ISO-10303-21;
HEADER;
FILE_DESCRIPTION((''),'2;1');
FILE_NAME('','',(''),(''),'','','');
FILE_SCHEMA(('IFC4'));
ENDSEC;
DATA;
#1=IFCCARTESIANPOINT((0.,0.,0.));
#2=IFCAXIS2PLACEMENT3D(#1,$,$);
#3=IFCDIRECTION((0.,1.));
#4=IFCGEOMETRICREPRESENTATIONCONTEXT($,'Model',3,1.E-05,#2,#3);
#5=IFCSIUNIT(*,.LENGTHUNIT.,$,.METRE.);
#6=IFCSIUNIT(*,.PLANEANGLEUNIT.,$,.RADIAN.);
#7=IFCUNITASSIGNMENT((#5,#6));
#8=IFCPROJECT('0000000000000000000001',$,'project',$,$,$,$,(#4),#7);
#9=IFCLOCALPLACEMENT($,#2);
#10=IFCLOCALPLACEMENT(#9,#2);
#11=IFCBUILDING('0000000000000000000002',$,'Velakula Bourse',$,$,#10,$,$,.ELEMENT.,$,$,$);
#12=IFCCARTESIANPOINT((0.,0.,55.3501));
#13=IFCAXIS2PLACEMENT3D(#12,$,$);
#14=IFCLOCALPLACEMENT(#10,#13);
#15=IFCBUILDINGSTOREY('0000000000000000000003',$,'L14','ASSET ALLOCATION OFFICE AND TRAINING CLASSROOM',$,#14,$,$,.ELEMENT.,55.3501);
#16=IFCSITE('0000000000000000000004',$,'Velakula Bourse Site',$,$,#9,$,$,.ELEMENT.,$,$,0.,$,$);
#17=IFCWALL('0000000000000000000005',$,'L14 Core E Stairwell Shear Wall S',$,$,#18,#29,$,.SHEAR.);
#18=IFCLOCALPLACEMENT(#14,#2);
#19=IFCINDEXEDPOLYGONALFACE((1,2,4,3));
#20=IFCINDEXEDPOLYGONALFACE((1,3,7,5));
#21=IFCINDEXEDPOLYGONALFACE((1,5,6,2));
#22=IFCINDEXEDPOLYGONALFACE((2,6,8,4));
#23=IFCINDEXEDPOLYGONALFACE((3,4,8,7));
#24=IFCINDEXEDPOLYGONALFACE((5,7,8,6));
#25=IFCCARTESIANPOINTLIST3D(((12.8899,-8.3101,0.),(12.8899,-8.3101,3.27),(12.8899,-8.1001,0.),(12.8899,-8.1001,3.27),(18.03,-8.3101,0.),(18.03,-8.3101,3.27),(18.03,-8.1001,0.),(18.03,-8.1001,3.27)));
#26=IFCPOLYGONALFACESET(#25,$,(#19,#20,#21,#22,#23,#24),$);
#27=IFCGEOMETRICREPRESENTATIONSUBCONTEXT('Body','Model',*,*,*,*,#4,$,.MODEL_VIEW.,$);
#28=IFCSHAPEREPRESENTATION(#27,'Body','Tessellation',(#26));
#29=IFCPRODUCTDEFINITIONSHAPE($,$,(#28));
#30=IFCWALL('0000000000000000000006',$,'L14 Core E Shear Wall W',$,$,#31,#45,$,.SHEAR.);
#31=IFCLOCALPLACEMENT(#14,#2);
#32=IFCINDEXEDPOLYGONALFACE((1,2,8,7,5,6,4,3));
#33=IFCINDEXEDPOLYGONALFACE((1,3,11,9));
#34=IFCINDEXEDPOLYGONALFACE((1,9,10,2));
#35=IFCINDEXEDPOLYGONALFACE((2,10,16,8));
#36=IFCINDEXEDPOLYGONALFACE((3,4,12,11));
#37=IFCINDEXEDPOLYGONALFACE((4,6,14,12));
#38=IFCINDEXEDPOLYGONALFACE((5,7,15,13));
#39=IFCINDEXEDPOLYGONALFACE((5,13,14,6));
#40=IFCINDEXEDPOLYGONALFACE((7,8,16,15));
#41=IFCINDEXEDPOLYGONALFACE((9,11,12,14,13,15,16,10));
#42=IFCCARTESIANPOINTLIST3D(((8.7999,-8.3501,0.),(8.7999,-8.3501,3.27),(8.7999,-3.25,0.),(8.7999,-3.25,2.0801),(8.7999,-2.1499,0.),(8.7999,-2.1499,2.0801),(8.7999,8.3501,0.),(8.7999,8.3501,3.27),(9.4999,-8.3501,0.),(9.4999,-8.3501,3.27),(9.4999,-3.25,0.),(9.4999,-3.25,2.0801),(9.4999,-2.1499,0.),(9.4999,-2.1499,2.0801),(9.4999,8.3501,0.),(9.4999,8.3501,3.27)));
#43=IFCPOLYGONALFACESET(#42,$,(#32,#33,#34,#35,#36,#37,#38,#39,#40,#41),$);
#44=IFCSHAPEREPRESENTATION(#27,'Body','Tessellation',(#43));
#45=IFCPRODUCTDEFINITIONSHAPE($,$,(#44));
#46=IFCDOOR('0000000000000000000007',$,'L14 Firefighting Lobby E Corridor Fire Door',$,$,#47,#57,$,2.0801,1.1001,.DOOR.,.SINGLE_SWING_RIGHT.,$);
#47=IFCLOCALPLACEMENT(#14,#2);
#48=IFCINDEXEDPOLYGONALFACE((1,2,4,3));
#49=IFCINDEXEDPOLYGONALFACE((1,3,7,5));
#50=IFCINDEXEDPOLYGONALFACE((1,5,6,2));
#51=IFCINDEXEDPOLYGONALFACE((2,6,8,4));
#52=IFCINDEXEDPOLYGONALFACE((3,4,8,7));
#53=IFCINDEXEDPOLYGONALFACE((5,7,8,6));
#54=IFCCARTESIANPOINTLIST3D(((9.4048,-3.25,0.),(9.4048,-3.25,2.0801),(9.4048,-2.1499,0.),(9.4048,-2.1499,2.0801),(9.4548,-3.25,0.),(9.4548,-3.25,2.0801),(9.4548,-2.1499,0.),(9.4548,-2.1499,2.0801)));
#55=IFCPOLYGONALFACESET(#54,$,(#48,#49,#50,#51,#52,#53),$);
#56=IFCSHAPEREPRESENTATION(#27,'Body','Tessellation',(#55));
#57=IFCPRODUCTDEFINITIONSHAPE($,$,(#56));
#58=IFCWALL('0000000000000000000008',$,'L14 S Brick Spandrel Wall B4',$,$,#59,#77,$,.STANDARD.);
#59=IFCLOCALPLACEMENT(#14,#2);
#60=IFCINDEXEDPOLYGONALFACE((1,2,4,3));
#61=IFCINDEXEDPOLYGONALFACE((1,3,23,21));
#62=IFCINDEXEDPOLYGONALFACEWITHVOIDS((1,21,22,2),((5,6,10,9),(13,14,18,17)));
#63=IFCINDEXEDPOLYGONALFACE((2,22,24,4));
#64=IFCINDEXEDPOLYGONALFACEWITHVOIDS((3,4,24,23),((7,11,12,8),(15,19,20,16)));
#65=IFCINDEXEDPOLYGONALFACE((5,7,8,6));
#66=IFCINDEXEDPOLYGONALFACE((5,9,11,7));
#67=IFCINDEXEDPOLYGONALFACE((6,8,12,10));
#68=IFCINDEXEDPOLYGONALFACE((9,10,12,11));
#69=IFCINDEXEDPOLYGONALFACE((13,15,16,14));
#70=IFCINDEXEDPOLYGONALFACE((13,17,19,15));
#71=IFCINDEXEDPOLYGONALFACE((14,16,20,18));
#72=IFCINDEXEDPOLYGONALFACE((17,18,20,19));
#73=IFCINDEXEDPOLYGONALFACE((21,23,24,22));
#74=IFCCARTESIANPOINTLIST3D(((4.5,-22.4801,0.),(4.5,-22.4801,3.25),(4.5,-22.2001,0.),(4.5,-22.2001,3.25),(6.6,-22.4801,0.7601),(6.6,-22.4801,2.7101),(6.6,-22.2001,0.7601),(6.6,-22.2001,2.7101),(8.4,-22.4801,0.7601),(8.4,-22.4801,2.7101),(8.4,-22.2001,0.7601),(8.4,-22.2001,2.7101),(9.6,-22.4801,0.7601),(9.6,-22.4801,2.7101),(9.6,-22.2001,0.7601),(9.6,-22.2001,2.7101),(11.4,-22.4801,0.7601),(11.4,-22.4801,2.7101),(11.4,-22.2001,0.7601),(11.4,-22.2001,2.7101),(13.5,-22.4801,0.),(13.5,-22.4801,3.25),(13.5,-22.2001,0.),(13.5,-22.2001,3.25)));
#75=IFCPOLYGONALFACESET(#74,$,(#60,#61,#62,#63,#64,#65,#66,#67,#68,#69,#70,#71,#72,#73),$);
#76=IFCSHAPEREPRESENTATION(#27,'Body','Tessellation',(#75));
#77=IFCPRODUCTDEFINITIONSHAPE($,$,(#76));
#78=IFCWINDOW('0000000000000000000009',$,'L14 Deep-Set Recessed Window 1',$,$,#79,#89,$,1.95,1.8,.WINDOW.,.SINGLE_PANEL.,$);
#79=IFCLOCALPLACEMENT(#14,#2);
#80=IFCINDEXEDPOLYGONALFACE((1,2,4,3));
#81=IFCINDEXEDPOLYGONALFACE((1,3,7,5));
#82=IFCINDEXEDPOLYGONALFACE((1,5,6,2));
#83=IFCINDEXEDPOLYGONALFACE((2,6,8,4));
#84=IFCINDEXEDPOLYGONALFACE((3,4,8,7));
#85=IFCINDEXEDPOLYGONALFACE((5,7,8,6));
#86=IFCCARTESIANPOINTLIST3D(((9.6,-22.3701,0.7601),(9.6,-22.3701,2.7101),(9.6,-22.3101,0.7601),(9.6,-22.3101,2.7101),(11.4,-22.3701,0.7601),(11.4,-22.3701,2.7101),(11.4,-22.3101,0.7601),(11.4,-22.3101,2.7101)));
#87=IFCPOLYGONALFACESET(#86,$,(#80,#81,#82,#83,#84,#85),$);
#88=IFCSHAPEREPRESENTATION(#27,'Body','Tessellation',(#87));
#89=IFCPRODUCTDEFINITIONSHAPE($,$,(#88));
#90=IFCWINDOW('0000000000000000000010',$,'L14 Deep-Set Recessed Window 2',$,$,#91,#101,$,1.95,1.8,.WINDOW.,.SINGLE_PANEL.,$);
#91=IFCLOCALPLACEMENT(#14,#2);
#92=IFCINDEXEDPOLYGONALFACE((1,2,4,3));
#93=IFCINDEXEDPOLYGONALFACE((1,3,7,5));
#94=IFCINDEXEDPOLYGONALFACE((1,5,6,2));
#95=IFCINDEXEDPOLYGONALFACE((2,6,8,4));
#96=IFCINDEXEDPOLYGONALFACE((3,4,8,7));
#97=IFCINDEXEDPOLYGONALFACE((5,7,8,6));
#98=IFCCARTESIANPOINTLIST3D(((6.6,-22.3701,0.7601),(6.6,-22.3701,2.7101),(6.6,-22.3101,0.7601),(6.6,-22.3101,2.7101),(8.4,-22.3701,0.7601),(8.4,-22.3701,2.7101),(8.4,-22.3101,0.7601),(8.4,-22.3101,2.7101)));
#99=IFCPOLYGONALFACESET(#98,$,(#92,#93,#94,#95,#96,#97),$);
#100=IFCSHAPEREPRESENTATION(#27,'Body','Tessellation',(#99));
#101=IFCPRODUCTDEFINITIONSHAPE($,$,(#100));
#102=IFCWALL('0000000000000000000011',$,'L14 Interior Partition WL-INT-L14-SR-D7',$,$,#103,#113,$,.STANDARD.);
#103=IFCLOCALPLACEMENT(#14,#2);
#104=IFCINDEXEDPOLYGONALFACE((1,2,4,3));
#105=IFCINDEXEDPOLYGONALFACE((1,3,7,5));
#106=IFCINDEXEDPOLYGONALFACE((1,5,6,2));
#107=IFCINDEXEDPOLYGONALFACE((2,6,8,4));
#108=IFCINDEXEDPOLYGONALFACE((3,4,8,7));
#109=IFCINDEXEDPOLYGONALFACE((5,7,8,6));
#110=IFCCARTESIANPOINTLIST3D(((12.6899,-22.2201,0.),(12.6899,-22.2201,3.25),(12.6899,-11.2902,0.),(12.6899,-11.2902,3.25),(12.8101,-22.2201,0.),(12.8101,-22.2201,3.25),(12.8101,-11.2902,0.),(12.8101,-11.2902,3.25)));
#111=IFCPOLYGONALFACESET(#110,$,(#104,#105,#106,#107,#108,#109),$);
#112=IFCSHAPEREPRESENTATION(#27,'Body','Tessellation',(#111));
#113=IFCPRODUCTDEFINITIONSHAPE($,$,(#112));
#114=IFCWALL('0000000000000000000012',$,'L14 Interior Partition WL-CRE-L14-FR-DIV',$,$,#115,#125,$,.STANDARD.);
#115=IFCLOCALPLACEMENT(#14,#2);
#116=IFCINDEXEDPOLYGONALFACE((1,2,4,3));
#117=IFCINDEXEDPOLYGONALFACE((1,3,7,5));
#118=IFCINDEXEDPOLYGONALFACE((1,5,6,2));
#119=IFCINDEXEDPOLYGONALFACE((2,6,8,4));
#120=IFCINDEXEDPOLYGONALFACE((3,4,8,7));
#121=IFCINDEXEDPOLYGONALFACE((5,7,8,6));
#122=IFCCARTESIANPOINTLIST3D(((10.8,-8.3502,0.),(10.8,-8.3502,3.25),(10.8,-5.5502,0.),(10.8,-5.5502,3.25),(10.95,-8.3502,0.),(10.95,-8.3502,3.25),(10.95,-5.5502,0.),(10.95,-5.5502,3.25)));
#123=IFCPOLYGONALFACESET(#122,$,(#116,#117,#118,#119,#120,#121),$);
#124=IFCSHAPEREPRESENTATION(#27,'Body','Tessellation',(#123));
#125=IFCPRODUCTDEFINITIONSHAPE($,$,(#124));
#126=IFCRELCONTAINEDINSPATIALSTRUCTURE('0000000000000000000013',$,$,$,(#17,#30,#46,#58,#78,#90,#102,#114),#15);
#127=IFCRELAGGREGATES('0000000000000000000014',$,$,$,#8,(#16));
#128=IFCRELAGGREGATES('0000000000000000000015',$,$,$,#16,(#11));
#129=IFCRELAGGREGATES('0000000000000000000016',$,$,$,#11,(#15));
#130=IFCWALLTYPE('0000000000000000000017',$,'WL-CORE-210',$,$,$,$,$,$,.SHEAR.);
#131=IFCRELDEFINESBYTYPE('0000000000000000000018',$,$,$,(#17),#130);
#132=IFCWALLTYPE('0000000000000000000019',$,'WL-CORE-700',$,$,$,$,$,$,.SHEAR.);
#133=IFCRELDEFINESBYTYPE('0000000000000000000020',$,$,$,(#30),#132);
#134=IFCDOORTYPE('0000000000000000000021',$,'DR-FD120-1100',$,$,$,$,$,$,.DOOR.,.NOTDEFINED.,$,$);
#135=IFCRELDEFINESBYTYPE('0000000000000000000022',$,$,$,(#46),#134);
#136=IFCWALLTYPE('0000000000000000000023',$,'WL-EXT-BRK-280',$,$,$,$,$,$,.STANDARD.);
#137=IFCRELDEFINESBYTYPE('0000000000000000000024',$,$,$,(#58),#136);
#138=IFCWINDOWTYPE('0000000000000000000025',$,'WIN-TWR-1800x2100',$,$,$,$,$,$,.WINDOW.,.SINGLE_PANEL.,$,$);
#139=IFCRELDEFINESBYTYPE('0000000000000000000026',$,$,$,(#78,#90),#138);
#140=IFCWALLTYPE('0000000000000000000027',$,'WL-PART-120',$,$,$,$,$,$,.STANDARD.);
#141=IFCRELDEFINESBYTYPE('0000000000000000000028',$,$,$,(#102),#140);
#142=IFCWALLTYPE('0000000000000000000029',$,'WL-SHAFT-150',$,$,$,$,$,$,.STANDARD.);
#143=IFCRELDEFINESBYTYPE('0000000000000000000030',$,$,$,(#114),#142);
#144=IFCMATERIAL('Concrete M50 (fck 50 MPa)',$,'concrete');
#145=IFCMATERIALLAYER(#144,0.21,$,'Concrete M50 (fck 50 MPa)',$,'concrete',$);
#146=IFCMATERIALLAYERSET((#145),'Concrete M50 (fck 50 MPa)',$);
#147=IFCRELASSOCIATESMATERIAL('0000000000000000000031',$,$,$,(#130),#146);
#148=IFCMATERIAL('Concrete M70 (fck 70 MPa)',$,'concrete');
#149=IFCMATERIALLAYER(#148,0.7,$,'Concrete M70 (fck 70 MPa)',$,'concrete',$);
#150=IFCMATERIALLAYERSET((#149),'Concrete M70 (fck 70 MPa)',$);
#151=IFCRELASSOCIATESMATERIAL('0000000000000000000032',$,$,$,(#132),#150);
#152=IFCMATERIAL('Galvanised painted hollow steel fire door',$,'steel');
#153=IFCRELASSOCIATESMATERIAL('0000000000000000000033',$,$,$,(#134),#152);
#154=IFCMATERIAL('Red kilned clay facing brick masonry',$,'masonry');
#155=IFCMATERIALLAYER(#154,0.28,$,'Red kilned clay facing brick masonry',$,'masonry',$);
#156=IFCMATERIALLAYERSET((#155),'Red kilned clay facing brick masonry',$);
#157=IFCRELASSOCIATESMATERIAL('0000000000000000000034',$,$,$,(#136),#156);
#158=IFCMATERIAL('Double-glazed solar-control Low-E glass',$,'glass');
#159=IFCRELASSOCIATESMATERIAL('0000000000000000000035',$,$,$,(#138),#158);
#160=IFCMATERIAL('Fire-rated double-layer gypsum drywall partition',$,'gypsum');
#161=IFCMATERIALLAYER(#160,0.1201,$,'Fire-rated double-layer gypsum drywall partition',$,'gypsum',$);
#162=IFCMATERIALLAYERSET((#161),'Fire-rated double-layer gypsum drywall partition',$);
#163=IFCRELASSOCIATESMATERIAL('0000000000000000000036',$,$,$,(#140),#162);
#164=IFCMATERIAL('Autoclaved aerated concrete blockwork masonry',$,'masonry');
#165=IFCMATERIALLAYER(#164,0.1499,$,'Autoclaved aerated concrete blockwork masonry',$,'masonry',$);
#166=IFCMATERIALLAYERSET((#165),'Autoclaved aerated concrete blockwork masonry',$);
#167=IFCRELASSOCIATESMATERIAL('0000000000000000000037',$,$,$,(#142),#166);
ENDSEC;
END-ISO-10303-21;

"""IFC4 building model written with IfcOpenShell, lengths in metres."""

from ifc_helpers import new_model, si_unit, direction, frame, frame_2d, origin, place, context, subcontext, project, spatial, rectangle, extrude, material, layer, layer_set, type_object, element, fill, save


model = new_model("IFC4")

# Units and contexts
model_context = context("Model", 3, precision=1e-05, world=origin(), true_north=direction((0.0, 1.0)))
body_context = subcontext(model_context, "Body", "Model", "MODEL_VIEW")
ifc_project = project(units=[si_unit("LENGTHUNIT", "METRE"), si_unit("PLANEANGLEUNIT", "RADIAN")], contexts=[model_context])

# Site, building, storey
site_placement = place(None, origin())
site = spatial("IfcSite", under=ifc_project, at=site_placement, Name="Velakula Bourse Site", CompositionType="ELEMENT", RefElevation=0.0)
building_placement = place(site_placement, origin())
building = spatial("IfcBuilding", under=site, at=building_placement, Name="Velakula Bourse", CompositionType="ELEMENT")
storey_placement = place(building_placement, frame((0.0, 0.0, 55.3501)))
storey = spatial("IfcBuildingStorey", under=building, at=storey_placement, Name="L14", Description="ASSET ALLOCATION OFFICE AND TRAINING CLASSROOM", CompositionType="ELEMENT", Elevation=55.3501)

# Shared definitions
ifc_material_1 = material(Name="Concrete M50 (fck 50 MPa)", Category="concrete")
ifc_layer_1 = layer(ifc_material_1, 0.21, Name="Concrete M50 (fck 50 MPa)", Category="concrete")
ifc_layer_set_1 = layer_set([ifc_layer_1], Name="Concrete M50 (fck 50 MPa)")
wall_type_1 = type_object("IfcWallType", Name="WL-CORE-210", PredefinedType="SHEAR", material=ifc_layer_set_1)
ifc_material_2 = material(Name="Galvanised painted hollow steel fire door", Category="steel")

# Wall
wall_1_placement = place(storey_placement, frame((12.8899, -8.2051, 0.0), z_axis=(0.0, 0.0, 1.0), x_axis=(1.0, 0.0, 0.0)))
element("IfcWall", 1, at=wall_1_placement, inside=storey, type_object=wall_type_1, Name="L14 Core E Stairwell Shear Wall S", PredefinedType="SHEAR", context=body_context, shape_type="SweptSolid", body=[
    extrude(rectangle(XDim=5.1401, YDim=0.21, at=frame_2d((2.5701, 0.0))), origin(), (0.0, 0.0, 1.0), 3.27),
])

# Wall, opening, door
ifc_material_3 = material(Name="Concrete M70 (fck 70 MPa)", Category="concrete")
ifc_layer_2 = layer(ifc_material_3, 0.7, Name="Concrete M70 (fck 70 MPa)", Category="concrete")
ifc_layer_set_2 = layer_set([ifc_layer_2], Name="Concrete M70 (fck 70 MPa)")
wall_type_2 = type_object("IfcWallType", Name="WL-CORE-700", PredefinedType="SHEAR", material=ifc_layer_set_2)
wall_2_placement = place(storey_placement, frame((9.1499, -8.3501, 0.0), z_axis=(0.0, 0.0, 1.0), x_axis=(0.0, 1.0, 0.0)))
wall_2 = element("IfcWall", 2, at=wall_2_placement, inside=storey, type_object=wall_type_2, Name="L14 Core E Shear Wall W", PredefinedType="SHEAR", context=body_context, shape_type="SweptSolid", body=[
    extrude(rectangle(XDim=16.7002, YDim=0.7, at=frame_2d((8.3501, 0.0))), origin(), (0.0, 0.0, 1.0), 3.27),
])
opening_1_placement = place(wall_2_placement, frame((5.1001, 0.0, 0.0)))
opening_1 = element("IfcOpeningElement", 3, at=opening_1_placement, cuts=wall_2, PredefinedType="OPENING", context=body_context, shape_type="SweptSolid", body=[
    extrude(rectangle(XDim=1.1001, YDim=2.0801, at=frame_2d((0.55, 1.04))), frame((0.0, 0.3599, 0.0), z_axis=(0.0, -1.0, 0.0), x_axis=(1.0, 0.0, 0.0)), (0.0, 0.0, 1.0), 0.72),
])
door_type_1 = type_object("IfcDoorType", Name="DR-FD120-1100", OperationType="NOTDEFINED", PredefinedType="DOOR", material=ifc_material_2)
door_1_placement = place(opening_1_placement, origin())
door_1 = element("IfcDoor", 4, at=door_1_placement, inside=storey, type_object=door_type_1, Name="L14 Firefighting Lobby E Corridor Fire Door", OperationType="SINGLE_SWING_RIGHT", OverallHeight=2.0801, OverallWidth=1.1001, PredefinedType="DOOR", context=body_context, shape_type="SweptSolid", body=[
    extrude(rectangle(XDim=1.1001, YDim=2.0801, at=frame_2d((0.55, 1.04))), frame((0.0, -0.2549, 0.0), z_axis=(0.0, -1.0, 0.0), x_axis=(1.0, 0.0, 0.0)), (0.0, 0.0, 1.0), 0.05),
])
fill(opening_1, door_1)

# Wall, openings, windows
ifc_material_4 = material(Name="Red kilned clay facing brick masonry", Category="masonry")
ifc_layer_3 = layer(ifc_material_4, 0.28, Name="Red kilned clay facing brick masonry", Category="masonry")
ifc_layer_set_3 = layer_set([ifc_layer_3], Name="Red kilned clay facing brick masonry")
wall_type_3 = type_object("IfcWallType", Name="WL-EXT-BRK-280", PredefinedType="STANDARD", material=ifc_layer_set_3)
wall_3_placement = place(storey_placement, frame((13.5, -22.3401, 0.0), z_axis=(0.0, 0.0, 1.0), x_axis=(-1.0, 0.0, 0.0)))
wall_3 = element("IfcWall", 5, at=wall_3_placement, inside=storey, type_object=wall_type_3, Name="L14 S Brick Spandrel Wall B4", PredefinedType="STANDARD", context=body_context, shape_type="SweptSolid", body=[
    extrude(rectangle(XDim=9.0, YDim=0.28, at=frame_2d((4.5, 0.0))), origin(), (0.0, 0.0, 1.0), 3.25),
])
opening_2_placement = place(wall_3_placement, frame((2.1001, 0.0, 0.76)))
opening_2 = element("IfcOpeningElement", 6, at=opening_2_placement, cuts=wall_3, PredefinedType="OPENING", context=body_context, shape_type="SweptSolid", body=[
    extrude(rectangle(XDim=1.8, YDim=1.95, at=frame_2d((0.8999, 0.9751))), frame((0.0, 0.1499, 0.0), z_axis=(0.0, -1.0, 0.0), x_axis=(1.0, 0.0, 0.0)), (0.0, 0.0, 1.0), 0.3),
])
opening_3_placement = place(wall_3_placement, frame((5.1001, 0.0, 0.76)))
opening_3 = element("IfcOpeningElement", 7, at=opening_3_placement, cuts=wall_3, PredefinedType="OPENING", context=body_context, shape_type="SweptSolid", body=[
    extrude(rectangle(XDim=1.8, YDim=1.95, at=frame_2d((0.8999, 0.9751))), frame((0.0, 0.1499, 0.0), z_axis=(0.0, -1.0, 0.0), x_axis=(1.0, 0.0, 0.0)), (0.0, 0.0, 1.0), 0.3),
])
ifc_material_5 = material(Name="Double-glazed solar-control Low-E glass", Category="glass")
window_type = type_object("IfcWindowType", Name="WIN-TWR-1800x2100", PartitioningType="SINGLE_PANEL", PredefinedType="WINDOW", material=ifc_material_5)
window_1_placement = place(opening_2_placement, origin())
window_1 = element("IfcWindow", 8, at=window_1_placement, inside=storey, type_object=window_type, Name="L14 Deep-Set Recessed Window 1", OverallHeight=1.95, OverallWidth=1.8, PartitioningType="SINGLE_PANEL", PredefinedType="WINDOW", context=body_context, shape_type="SweptSolid", body=[
    extrude(rectangle(XDim=1.8, YDim=1.95, at=frame_2d((0.8999, 0.9751))), frame((0.0, 0.03, 0.0), z_axis=(0.0, -1.0, 0.0), x_axis=(1.0, 0.0, 0.0)), (0.0, 0.0, 1.0), 0.0601),
])
fill(opening_2, window_1)
window_2_placement = place(opening_3_placement, origin())
window_2 = element("IfcWindow", 9, at=window_2_placement, inside=storey, type_object=window_type, Name="L14 Deep-Set Recessed Window 2", OverallHeight=1.95, OverallWidth=1.8, PartitioningType="SINGLE_PANEL", PredefinedType="WINDOW", context=body_context, shape_type="SweptSolid", body=[
    extrude(rectangle(XDim=1.8, YDim=1.95, at=frame_2d((0.8999, 0.9751))), frame((0.0, 0.03, 0.0), z_axis=(0.0, -1.0, 0.0), x_axis=(1.0, 0.0, 0.0)), (0.0, 0.0, 1.0), 0.0601),
])
fill(opening_3, window_2)

# Wall
ifc_material_6 = material(Name="Fire-rated double-layer gypsum drywall partition", Category="gypsum")
ifc_layer_4 = layer(ifc_material_6, 0.1201, Name="Fire-rated double-layer gypsum drywall partition", Category="gypsum")
ifc_layer_set_4 = layer_set([ifc_layer_4], Name="Fire-rated double-layer gypsum drywall partition")
wall_type_4 = type_object("IfcWallType", Name="WL-PART-120", PredefinedType="STANDARD", material=ifc_layer_set_4)
wall_4_placement = place(storey_placement, frame((12.75, -22.22, 0.0), z_axis=(0.0, 0.0, 1.0), x_axis=(0.0, 1.0, 0.0)))
element("IfcWall", 10, at=wall_4_placement, inside=storey, type_object=wall_type_4, Name="L14 Interior Partition WL-INT-L14-SR-D7", PredefinedType="STANDARD", context=body_context, shape_type="SweptSolid", body=[
    extrude(rectangle(XDim=10.9299, YDim=0.1201, at=frame_2d((5.4648, 0.0))), origin(), (0.0, 0.0, 1.0), 3.25),
])

# Shared definitions
ifc_material_7 = material(Name="Autoclaved aerated concrete blockwork masonry", Category="masonry")
ifc_layer_5 = layer(ifc_material_7, 0.1499, Name="Autoclaved aerated concrete blockwork masonry", Category="masonry")
ifc_layer_set_5 = layer_set([ifc_layer_5], Name="Autoclaved aerated concrete blockwork masonry")
wall_type_5 = type_object("IfcWallType", Name="WL-SHAFT-150", PredefinedType="STANDARD", material=ifc_layer_set_5)

# Wall
wall_5_placement = place(storey_placement, frame((10.875, -8.3501, 0.0), z_axis=(0.0, 0.0, 1.0), x_axis=(0.0, 1.0, 0.0)))
element("IfcWall", 11, at=wall_5_placement, inside=storey, type_object=wall_type_5, Name="L14 Interior Partition WL-CRE-L14-FR-DIV", PredefinedType="STANDARD", context=body_context, shape_type="SweptSolid", body=[
    extrude(rectangle(XDim=2.8, YDim=0.1499, at=frame_2d((1.3999, 0.0))), origin(), (0.0, 0.0, 1.0), 3.25),
])

save(model, "model.ifc")
